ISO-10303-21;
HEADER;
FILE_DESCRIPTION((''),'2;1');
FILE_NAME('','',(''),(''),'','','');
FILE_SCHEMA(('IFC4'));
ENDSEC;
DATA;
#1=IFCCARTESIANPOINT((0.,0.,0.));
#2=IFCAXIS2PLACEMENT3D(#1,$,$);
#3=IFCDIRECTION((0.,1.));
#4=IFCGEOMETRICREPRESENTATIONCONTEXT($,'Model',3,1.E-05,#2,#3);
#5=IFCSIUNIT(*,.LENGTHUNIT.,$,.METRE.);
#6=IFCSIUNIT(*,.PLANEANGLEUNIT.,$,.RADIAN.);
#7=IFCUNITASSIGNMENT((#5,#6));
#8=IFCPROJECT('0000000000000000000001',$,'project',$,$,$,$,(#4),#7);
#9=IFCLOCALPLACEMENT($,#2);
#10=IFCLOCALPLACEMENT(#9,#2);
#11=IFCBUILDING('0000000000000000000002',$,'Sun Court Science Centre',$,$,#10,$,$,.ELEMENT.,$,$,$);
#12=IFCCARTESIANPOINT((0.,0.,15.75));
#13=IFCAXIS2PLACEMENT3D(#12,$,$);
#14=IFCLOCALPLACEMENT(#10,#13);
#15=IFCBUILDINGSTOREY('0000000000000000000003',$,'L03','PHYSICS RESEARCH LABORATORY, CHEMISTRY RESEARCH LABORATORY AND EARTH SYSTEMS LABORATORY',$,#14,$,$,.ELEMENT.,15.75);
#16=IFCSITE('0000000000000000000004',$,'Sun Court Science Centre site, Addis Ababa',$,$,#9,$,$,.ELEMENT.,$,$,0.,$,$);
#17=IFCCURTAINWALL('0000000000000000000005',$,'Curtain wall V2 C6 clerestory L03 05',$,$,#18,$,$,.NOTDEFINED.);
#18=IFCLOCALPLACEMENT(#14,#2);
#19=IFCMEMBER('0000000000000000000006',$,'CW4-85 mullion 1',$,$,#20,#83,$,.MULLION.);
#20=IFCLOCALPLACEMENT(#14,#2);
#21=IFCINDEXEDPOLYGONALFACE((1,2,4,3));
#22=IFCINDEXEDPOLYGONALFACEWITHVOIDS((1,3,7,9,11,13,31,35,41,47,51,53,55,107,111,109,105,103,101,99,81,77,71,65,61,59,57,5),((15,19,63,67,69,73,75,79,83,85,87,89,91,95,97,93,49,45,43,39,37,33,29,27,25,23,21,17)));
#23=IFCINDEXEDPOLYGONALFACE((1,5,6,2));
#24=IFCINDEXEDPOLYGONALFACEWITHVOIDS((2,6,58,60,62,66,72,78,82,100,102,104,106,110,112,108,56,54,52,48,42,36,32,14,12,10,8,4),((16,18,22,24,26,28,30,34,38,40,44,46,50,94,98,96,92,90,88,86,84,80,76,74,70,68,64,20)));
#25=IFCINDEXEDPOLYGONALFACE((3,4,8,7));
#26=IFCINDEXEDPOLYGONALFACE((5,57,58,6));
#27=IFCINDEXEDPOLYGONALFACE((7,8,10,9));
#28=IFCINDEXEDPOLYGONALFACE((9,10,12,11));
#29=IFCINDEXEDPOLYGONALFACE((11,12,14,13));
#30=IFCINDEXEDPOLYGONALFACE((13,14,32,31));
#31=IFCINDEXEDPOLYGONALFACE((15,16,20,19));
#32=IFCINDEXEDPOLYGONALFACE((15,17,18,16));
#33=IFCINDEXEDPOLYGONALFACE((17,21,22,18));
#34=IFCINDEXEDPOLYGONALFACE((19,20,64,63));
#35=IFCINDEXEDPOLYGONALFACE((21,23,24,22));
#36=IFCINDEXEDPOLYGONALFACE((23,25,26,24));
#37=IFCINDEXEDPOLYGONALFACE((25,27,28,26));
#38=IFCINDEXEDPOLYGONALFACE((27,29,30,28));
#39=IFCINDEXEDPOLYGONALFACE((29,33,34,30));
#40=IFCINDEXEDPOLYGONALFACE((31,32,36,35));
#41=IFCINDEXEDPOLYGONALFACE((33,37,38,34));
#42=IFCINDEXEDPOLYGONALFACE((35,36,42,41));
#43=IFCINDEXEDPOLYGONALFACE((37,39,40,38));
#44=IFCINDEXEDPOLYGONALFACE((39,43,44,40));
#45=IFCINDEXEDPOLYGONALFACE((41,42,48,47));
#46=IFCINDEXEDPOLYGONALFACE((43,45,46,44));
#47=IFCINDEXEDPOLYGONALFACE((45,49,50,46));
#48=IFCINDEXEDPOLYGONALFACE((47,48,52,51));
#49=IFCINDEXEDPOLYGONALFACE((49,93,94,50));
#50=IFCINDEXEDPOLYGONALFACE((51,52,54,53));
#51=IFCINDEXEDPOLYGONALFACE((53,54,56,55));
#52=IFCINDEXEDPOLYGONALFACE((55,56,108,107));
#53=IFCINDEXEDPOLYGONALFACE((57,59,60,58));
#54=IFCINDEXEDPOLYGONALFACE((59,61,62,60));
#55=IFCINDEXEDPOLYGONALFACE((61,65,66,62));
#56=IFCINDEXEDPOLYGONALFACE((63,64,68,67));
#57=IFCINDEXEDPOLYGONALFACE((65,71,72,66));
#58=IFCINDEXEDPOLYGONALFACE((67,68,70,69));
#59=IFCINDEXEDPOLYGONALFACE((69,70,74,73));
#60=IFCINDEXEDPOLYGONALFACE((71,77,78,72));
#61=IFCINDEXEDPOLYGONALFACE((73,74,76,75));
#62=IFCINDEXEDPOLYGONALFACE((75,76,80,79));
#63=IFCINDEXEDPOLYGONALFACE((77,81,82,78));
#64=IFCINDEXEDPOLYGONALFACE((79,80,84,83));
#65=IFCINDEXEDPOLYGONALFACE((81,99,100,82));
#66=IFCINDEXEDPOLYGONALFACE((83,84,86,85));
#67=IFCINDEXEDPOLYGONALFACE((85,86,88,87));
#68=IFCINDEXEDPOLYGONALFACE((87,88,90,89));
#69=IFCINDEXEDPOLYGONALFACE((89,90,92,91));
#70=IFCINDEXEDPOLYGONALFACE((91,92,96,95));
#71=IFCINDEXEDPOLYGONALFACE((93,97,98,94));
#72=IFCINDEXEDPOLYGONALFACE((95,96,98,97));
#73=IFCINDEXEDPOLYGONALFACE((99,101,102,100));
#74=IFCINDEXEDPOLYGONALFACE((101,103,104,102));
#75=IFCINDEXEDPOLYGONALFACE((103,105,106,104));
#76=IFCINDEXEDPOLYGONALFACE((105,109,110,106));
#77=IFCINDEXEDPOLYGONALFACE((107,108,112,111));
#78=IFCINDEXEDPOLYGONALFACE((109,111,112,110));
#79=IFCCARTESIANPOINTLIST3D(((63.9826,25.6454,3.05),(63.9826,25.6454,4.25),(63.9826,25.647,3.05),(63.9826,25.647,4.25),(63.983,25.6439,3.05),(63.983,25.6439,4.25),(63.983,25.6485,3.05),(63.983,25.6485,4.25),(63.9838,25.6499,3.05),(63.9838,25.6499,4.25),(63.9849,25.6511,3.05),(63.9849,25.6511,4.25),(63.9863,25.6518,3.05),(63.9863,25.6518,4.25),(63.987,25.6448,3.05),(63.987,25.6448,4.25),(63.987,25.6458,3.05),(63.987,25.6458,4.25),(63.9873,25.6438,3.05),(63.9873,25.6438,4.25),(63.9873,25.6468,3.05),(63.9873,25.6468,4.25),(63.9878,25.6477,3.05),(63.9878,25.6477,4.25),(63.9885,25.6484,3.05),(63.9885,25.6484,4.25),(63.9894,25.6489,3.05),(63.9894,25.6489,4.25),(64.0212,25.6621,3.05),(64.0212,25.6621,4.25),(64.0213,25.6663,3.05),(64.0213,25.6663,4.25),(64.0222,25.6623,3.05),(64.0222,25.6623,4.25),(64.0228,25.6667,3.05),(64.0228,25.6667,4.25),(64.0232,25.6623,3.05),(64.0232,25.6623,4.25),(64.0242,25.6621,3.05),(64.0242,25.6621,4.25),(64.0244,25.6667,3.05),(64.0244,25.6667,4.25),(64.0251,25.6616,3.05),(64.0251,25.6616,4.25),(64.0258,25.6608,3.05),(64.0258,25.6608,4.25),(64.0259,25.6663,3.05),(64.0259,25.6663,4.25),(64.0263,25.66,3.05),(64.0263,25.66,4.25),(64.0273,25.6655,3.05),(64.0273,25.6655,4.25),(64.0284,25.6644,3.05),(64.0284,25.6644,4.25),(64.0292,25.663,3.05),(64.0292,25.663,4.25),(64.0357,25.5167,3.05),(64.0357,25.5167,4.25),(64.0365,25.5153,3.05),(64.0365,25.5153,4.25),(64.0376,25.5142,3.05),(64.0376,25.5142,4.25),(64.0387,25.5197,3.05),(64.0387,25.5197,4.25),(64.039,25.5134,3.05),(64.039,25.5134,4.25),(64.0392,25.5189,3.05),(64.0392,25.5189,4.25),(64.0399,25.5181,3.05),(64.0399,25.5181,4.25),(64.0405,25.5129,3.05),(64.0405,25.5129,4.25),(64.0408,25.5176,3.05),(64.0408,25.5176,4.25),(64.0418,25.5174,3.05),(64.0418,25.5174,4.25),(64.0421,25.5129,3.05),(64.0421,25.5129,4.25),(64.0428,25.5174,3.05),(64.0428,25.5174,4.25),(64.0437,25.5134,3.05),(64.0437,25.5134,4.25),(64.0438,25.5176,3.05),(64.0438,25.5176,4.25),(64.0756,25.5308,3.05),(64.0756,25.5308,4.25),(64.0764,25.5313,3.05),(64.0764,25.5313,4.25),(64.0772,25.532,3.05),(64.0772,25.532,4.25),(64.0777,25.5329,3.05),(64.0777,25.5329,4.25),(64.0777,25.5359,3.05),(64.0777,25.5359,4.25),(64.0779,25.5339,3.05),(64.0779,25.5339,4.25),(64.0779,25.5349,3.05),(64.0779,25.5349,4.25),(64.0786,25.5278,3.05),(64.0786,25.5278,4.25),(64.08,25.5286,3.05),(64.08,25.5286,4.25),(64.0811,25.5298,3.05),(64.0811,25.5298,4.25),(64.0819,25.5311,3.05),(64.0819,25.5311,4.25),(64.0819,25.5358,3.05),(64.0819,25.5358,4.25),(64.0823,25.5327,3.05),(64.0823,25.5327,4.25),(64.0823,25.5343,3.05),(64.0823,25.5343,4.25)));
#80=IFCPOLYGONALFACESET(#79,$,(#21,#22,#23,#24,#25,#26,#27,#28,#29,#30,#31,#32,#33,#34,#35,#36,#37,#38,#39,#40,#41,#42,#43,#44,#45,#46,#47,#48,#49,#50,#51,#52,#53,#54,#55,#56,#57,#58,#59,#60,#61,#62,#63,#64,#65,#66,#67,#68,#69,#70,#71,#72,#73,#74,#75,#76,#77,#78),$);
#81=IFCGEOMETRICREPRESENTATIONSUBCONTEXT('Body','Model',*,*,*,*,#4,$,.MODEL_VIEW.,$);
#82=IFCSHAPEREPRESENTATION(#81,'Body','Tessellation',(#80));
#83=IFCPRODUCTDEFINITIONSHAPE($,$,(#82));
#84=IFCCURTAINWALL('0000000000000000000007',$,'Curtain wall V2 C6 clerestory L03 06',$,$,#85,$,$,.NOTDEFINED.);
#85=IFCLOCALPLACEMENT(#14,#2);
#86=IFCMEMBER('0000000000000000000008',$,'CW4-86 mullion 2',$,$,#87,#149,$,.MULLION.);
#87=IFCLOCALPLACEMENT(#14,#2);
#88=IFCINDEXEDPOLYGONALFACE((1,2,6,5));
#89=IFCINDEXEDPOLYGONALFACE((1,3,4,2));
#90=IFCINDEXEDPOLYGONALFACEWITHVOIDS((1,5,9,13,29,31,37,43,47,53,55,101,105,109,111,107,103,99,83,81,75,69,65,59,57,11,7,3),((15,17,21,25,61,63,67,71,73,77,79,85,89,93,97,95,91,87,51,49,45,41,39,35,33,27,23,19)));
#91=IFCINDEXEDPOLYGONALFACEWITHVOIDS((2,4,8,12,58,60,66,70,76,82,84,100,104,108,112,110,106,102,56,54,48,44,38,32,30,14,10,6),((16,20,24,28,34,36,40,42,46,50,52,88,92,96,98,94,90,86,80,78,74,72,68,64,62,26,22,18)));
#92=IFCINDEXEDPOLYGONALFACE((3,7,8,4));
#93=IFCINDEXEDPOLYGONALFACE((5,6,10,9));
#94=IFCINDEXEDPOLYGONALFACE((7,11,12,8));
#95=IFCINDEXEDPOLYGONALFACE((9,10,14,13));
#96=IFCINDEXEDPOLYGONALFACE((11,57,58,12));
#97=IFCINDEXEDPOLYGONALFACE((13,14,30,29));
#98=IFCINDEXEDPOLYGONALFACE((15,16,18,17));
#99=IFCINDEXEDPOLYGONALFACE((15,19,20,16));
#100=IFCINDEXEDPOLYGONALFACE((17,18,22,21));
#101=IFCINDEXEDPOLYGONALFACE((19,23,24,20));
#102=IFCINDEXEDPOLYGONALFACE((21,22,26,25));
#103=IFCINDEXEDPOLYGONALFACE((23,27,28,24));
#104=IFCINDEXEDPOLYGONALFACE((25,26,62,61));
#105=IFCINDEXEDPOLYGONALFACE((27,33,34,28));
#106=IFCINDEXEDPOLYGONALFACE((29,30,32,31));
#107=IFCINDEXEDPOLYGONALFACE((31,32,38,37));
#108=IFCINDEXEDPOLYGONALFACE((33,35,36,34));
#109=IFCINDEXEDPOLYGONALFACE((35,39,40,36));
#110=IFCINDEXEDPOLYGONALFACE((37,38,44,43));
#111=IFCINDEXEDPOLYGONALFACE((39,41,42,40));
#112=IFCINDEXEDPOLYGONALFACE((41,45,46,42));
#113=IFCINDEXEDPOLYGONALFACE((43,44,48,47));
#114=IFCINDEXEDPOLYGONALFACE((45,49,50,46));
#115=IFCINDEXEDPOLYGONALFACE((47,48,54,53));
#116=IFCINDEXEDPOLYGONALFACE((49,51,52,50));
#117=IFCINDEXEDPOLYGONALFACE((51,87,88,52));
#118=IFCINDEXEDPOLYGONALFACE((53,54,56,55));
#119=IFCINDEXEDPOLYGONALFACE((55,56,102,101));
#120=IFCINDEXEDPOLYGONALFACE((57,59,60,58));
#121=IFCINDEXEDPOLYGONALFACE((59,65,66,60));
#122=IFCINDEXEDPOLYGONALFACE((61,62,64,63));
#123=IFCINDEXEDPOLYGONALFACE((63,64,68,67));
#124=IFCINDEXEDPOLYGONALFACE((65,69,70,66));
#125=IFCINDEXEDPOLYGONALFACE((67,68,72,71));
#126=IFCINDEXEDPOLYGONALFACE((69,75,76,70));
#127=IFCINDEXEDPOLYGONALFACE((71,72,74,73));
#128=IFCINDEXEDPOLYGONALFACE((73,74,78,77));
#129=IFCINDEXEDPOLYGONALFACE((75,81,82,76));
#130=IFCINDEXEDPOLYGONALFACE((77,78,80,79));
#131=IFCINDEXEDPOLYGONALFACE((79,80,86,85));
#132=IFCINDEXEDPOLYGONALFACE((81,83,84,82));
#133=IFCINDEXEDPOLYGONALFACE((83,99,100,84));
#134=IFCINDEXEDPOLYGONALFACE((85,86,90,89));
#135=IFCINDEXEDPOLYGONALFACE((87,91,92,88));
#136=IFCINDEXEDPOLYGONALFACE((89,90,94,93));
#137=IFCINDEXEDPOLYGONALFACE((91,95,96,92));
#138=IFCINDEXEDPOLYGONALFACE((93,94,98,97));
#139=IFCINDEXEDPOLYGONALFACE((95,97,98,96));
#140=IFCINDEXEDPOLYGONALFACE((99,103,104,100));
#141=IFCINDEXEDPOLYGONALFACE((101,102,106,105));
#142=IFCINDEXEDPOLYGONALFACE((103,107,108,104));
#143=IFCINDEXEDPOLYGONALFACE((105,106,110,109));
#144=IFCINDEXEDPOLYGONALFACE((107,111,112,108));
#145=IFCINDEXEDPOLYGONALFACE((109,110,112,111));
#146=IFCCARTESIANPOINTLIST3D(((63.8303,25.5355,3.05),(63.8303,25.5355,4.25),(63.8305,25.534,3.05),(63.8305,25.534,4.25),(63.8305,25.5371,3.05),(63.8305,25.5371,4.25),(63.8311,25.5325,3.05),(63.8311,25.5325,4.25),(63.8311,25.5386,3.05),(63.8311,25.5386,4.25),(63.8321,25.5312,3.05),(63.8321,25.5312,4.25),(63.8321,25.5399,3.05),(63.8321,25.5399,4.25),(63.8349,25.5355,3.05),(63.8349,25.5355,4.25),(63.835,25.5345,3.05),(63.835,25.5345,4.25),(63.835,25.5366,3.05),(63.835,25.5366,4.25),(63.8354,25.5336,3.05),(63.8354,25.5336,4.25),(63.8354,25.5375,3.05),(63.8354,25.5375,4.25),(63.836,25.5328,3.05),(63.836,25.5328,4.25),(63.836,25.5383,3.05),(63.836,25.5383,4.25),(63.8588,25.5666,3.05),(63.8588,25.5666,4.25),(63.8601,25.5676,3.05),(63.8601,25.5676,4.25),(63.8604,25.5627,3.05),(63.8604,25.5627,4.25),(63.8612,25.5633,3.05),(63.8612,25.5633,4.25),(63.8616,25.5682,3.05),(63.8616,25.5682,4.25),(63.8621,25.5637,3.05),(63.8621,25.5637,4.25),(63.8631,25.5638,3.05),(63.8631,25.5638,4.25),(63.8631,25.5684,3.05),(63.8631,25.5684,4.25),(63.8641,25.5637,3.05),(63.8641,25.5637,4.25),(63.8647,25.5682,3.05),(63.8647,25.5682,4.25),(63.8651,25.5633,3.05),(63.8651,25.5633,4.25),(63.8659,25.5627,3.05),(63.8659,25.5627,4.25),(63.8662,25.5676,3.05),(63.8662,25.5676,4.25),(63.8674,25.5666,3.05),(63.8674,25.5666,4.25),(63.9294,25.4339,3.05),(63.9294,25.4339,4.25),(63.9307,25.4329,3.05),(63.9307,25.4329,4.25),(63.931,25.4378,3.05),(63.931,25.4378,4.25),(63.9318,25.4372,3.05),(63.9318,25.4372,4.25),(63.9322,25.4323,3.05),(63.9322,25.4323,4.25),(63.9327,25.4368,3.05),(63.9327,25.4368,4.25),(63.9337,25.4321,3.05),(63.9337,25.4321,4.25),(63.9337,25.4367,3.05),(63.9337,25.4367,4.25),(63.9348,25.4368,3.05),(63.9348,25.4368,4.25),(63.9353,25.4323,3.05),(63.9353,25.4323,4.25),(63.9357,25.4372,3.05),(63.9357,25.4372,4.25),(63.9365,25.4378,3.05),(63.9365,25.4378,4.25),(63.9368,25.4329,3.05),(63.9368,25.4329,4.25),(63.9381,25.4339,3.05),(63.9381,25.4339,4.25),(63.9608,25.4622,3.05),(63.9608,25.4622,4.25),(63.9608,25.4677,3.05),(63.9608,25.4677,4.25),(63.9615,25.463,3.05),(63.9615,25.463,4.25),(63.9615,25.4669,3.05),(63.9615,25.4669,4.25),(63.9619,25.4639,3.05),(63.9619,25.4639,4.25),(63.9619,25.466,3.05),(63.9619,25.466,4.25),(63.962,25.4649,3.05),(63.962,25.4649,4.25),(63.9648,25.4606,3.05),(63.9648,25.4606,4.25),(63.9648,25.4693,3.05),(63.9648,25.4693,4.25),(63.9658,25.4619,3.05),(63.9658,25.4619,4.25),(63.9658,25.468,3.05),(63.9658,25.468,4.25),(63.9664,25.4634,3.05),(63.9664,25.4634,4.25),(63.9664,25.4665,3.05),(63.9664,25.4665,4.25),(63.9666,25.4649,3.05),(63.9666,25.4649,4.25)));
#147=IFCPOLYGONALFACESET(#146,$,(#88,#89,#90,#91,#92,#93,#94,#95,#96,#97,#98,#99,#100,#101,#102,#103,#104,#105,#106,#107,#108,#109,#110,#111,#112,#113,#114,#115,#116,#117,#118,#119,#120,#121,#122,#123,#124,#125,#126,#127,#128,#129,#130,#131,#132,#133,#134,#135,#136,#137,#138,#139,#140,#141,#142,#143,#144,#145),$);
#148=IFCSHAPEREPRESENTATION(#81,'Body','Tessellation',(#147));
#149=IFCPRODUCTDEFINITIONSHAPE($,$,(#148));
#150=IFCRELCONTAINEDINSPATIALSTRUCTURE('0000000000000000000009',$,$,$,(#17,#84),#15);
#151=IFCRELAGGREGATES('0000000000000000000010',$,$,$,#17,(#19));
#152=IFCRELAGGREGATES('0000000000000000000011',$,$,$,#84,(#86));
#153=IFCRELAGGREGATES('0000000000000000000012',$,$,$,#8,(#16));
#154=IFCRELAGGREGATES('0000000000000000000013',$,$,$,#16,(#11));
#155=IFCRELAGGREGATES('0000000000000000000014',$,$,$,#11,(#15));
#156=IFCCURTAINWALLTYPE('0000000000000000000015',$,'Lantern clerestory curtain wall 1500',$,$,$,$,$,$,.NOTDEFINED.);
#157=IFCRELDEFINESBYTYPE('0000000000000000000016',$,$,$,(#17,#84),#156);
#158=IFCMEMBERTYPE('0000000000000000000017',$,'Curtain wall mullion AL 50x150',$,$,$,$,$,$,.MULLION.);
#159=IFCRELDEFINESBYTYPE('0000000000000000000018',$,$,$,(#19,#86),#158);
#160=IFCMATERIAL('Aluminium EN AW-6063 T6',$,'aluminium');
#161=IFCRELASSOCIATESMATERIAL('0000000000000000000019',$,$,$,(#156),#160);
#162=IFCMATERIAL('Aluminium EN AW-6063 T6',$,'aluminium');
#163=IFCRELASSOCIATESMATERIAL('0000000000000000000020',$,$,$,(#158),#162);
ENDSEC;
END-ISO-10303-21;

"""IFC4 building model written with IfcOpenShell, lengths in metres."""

from ifc_helpers import new_model, si_unit, direction, frame, origin, origin_2d, place, context, subcontext, project, spatial, hollow_rectangle, extrude, material, material_profile, profile_set, type_object, element, aggregate, save


model = new_model("IFC4")

# Units and contexts
model_context = context("Model", 3, precision=1e-05, world=origin(), true_north=direction((0.0, 1.0)))
body_context = subcontext(model_context, "Body", "Model", "MODEL_VIEW")
ifc_project = project(units=[si_unit("LENGTHUNIT", "METRE"), si_unit("PLANEANGLEUNIT", "RADIAN")], contexts=[model_context])

# Site, building, storey
site_placement = place(None, origin())
site = spatial("IfcSite", under=ifc_project, at=site_placement, Name="Sun Court Science Centre site, Addis Ababa", CompositionType="ELEMENT", RefElevation=0.0)
building_placement = place(site_placement, origin())
building = spatial("IfcBuilding", under=site, at=building_placement, Name="Sun Court Science Centre", CompositionType="ELEMENT")
storey_placement = place(building_placement, frame((0.0, 0.0, 15.75)))
storey = spatial("IfcBuildingStorey", under=building, at=storey_placement, Name="L03", Description="PHYSICS RESEARCH LABORATORY, CHEMISTRY RESEARCH LABORATORY AND EARTH SYSTEMS LABORATORY", CompositionType="ELEMENT", Elevation=15.75)

# Curtain walls, members
ifc_material_1 = material(Name="Aluminium EN AW-6063 T6", Category="aluminium")
curtain_wall_type = type_object("IfcCurtainWallType", Name="Lantern clerestory curtain wall 1500", PredefinedType="NOTDEFINED", material=ifc_material_1)
curtain_wall_1_placement = place(storey_placement, origin())
curtain_wall_1 = element("IfcCurtainWall", 1, at=curtain_wall_1_placement, inside=storey, type_object=curtain_wall_type, Name="Curtain wall V2 C6 clerestory L03 05", PredefinedType="NOTDEFINED")
ifc_material_2 = material(Name="Aluminium EN AW-6063 T6", Category="aluminium")
ifc_material_profile_1 = material_profile(ifc_material_2, hollow_rectangle(XDim=0.05, YDim=0.1499, WallThickness=0.0039, InnerFilletRadius=0.0039, OuterFilletRadius=0.0061, at=origin_2d()), Name="AL 50x150x4")
ifc_profile_set_1 = profile_set([ifc_material_profile_1], Name="Aluminium EN AW-6063 T6")
member_type_1 = type_object("IfcMemberType", Name="Curtain wall mullion AL 50x150", PredefinedType="MULLION", material=ifc_profile_set_1)
member_1_placement = place(storey_placement, frame((64.0325, 25.5898, 3.05), z_axis=(0.0, 0.0, 1.0), x_axis=(0.92388, 0.382683, 0.0)))
member_1 = element("IfcMember", 2, at=member_1_placement, type_object=member_type_1, Name="CW4-85 mullion 1", PredefinedType="MULLION", context=body_context, shape_type="SweptSolid", body=[
    extrude(hollow_rectangle(XDim=0.05, YDim=0.1499, WallThickness=0.0039, InnerFilletRadius=0.0039, OuterFilletRadius=0.0061, at=origin_2d()), origin(), (0.0, 0.0, 1.0), 1.2),
])
curtain_wall_2_placement = place(storey_placement, origin())
curtain_wall_2 = element("IfcCurtainWall", 3, at=curtain_wall_2_placement, inside=storey, type_object=curtain_wall_type, Name="Curtain wall V2 C6 clerestory L03 06", PredefinedType="NOTDEFINED")
member_2_placement = place(storey_placement, frame((63.8984, 25.5002, 3.05), z_axis=(0.0, 0.0, 1.0), x_axis=(0.707107, 0.707107, 0.0)))
member_2 = element("IfcMember", 4, at=member_2_placement, type_object=member_type_1, Name="CW4-86 mullion 2", PredefinedType="MULLION", context=body_context, shape_type="SweptSolid", body=[
    extrude(hollow_rectangle(XDim=0.05, YDim=0.1499, WallThickness=0.0039, InnerFilletRadius=0.0039, OuterFilletRadius=0.0061, at=origin_2d()), origin(), (0.0, 0.0, 1.0), 1.2),
])

aggregate(curtain_wall_1, [member_1])
aggregate(curtain_wall_2, [member_2])

save(model, "model.ifc")
